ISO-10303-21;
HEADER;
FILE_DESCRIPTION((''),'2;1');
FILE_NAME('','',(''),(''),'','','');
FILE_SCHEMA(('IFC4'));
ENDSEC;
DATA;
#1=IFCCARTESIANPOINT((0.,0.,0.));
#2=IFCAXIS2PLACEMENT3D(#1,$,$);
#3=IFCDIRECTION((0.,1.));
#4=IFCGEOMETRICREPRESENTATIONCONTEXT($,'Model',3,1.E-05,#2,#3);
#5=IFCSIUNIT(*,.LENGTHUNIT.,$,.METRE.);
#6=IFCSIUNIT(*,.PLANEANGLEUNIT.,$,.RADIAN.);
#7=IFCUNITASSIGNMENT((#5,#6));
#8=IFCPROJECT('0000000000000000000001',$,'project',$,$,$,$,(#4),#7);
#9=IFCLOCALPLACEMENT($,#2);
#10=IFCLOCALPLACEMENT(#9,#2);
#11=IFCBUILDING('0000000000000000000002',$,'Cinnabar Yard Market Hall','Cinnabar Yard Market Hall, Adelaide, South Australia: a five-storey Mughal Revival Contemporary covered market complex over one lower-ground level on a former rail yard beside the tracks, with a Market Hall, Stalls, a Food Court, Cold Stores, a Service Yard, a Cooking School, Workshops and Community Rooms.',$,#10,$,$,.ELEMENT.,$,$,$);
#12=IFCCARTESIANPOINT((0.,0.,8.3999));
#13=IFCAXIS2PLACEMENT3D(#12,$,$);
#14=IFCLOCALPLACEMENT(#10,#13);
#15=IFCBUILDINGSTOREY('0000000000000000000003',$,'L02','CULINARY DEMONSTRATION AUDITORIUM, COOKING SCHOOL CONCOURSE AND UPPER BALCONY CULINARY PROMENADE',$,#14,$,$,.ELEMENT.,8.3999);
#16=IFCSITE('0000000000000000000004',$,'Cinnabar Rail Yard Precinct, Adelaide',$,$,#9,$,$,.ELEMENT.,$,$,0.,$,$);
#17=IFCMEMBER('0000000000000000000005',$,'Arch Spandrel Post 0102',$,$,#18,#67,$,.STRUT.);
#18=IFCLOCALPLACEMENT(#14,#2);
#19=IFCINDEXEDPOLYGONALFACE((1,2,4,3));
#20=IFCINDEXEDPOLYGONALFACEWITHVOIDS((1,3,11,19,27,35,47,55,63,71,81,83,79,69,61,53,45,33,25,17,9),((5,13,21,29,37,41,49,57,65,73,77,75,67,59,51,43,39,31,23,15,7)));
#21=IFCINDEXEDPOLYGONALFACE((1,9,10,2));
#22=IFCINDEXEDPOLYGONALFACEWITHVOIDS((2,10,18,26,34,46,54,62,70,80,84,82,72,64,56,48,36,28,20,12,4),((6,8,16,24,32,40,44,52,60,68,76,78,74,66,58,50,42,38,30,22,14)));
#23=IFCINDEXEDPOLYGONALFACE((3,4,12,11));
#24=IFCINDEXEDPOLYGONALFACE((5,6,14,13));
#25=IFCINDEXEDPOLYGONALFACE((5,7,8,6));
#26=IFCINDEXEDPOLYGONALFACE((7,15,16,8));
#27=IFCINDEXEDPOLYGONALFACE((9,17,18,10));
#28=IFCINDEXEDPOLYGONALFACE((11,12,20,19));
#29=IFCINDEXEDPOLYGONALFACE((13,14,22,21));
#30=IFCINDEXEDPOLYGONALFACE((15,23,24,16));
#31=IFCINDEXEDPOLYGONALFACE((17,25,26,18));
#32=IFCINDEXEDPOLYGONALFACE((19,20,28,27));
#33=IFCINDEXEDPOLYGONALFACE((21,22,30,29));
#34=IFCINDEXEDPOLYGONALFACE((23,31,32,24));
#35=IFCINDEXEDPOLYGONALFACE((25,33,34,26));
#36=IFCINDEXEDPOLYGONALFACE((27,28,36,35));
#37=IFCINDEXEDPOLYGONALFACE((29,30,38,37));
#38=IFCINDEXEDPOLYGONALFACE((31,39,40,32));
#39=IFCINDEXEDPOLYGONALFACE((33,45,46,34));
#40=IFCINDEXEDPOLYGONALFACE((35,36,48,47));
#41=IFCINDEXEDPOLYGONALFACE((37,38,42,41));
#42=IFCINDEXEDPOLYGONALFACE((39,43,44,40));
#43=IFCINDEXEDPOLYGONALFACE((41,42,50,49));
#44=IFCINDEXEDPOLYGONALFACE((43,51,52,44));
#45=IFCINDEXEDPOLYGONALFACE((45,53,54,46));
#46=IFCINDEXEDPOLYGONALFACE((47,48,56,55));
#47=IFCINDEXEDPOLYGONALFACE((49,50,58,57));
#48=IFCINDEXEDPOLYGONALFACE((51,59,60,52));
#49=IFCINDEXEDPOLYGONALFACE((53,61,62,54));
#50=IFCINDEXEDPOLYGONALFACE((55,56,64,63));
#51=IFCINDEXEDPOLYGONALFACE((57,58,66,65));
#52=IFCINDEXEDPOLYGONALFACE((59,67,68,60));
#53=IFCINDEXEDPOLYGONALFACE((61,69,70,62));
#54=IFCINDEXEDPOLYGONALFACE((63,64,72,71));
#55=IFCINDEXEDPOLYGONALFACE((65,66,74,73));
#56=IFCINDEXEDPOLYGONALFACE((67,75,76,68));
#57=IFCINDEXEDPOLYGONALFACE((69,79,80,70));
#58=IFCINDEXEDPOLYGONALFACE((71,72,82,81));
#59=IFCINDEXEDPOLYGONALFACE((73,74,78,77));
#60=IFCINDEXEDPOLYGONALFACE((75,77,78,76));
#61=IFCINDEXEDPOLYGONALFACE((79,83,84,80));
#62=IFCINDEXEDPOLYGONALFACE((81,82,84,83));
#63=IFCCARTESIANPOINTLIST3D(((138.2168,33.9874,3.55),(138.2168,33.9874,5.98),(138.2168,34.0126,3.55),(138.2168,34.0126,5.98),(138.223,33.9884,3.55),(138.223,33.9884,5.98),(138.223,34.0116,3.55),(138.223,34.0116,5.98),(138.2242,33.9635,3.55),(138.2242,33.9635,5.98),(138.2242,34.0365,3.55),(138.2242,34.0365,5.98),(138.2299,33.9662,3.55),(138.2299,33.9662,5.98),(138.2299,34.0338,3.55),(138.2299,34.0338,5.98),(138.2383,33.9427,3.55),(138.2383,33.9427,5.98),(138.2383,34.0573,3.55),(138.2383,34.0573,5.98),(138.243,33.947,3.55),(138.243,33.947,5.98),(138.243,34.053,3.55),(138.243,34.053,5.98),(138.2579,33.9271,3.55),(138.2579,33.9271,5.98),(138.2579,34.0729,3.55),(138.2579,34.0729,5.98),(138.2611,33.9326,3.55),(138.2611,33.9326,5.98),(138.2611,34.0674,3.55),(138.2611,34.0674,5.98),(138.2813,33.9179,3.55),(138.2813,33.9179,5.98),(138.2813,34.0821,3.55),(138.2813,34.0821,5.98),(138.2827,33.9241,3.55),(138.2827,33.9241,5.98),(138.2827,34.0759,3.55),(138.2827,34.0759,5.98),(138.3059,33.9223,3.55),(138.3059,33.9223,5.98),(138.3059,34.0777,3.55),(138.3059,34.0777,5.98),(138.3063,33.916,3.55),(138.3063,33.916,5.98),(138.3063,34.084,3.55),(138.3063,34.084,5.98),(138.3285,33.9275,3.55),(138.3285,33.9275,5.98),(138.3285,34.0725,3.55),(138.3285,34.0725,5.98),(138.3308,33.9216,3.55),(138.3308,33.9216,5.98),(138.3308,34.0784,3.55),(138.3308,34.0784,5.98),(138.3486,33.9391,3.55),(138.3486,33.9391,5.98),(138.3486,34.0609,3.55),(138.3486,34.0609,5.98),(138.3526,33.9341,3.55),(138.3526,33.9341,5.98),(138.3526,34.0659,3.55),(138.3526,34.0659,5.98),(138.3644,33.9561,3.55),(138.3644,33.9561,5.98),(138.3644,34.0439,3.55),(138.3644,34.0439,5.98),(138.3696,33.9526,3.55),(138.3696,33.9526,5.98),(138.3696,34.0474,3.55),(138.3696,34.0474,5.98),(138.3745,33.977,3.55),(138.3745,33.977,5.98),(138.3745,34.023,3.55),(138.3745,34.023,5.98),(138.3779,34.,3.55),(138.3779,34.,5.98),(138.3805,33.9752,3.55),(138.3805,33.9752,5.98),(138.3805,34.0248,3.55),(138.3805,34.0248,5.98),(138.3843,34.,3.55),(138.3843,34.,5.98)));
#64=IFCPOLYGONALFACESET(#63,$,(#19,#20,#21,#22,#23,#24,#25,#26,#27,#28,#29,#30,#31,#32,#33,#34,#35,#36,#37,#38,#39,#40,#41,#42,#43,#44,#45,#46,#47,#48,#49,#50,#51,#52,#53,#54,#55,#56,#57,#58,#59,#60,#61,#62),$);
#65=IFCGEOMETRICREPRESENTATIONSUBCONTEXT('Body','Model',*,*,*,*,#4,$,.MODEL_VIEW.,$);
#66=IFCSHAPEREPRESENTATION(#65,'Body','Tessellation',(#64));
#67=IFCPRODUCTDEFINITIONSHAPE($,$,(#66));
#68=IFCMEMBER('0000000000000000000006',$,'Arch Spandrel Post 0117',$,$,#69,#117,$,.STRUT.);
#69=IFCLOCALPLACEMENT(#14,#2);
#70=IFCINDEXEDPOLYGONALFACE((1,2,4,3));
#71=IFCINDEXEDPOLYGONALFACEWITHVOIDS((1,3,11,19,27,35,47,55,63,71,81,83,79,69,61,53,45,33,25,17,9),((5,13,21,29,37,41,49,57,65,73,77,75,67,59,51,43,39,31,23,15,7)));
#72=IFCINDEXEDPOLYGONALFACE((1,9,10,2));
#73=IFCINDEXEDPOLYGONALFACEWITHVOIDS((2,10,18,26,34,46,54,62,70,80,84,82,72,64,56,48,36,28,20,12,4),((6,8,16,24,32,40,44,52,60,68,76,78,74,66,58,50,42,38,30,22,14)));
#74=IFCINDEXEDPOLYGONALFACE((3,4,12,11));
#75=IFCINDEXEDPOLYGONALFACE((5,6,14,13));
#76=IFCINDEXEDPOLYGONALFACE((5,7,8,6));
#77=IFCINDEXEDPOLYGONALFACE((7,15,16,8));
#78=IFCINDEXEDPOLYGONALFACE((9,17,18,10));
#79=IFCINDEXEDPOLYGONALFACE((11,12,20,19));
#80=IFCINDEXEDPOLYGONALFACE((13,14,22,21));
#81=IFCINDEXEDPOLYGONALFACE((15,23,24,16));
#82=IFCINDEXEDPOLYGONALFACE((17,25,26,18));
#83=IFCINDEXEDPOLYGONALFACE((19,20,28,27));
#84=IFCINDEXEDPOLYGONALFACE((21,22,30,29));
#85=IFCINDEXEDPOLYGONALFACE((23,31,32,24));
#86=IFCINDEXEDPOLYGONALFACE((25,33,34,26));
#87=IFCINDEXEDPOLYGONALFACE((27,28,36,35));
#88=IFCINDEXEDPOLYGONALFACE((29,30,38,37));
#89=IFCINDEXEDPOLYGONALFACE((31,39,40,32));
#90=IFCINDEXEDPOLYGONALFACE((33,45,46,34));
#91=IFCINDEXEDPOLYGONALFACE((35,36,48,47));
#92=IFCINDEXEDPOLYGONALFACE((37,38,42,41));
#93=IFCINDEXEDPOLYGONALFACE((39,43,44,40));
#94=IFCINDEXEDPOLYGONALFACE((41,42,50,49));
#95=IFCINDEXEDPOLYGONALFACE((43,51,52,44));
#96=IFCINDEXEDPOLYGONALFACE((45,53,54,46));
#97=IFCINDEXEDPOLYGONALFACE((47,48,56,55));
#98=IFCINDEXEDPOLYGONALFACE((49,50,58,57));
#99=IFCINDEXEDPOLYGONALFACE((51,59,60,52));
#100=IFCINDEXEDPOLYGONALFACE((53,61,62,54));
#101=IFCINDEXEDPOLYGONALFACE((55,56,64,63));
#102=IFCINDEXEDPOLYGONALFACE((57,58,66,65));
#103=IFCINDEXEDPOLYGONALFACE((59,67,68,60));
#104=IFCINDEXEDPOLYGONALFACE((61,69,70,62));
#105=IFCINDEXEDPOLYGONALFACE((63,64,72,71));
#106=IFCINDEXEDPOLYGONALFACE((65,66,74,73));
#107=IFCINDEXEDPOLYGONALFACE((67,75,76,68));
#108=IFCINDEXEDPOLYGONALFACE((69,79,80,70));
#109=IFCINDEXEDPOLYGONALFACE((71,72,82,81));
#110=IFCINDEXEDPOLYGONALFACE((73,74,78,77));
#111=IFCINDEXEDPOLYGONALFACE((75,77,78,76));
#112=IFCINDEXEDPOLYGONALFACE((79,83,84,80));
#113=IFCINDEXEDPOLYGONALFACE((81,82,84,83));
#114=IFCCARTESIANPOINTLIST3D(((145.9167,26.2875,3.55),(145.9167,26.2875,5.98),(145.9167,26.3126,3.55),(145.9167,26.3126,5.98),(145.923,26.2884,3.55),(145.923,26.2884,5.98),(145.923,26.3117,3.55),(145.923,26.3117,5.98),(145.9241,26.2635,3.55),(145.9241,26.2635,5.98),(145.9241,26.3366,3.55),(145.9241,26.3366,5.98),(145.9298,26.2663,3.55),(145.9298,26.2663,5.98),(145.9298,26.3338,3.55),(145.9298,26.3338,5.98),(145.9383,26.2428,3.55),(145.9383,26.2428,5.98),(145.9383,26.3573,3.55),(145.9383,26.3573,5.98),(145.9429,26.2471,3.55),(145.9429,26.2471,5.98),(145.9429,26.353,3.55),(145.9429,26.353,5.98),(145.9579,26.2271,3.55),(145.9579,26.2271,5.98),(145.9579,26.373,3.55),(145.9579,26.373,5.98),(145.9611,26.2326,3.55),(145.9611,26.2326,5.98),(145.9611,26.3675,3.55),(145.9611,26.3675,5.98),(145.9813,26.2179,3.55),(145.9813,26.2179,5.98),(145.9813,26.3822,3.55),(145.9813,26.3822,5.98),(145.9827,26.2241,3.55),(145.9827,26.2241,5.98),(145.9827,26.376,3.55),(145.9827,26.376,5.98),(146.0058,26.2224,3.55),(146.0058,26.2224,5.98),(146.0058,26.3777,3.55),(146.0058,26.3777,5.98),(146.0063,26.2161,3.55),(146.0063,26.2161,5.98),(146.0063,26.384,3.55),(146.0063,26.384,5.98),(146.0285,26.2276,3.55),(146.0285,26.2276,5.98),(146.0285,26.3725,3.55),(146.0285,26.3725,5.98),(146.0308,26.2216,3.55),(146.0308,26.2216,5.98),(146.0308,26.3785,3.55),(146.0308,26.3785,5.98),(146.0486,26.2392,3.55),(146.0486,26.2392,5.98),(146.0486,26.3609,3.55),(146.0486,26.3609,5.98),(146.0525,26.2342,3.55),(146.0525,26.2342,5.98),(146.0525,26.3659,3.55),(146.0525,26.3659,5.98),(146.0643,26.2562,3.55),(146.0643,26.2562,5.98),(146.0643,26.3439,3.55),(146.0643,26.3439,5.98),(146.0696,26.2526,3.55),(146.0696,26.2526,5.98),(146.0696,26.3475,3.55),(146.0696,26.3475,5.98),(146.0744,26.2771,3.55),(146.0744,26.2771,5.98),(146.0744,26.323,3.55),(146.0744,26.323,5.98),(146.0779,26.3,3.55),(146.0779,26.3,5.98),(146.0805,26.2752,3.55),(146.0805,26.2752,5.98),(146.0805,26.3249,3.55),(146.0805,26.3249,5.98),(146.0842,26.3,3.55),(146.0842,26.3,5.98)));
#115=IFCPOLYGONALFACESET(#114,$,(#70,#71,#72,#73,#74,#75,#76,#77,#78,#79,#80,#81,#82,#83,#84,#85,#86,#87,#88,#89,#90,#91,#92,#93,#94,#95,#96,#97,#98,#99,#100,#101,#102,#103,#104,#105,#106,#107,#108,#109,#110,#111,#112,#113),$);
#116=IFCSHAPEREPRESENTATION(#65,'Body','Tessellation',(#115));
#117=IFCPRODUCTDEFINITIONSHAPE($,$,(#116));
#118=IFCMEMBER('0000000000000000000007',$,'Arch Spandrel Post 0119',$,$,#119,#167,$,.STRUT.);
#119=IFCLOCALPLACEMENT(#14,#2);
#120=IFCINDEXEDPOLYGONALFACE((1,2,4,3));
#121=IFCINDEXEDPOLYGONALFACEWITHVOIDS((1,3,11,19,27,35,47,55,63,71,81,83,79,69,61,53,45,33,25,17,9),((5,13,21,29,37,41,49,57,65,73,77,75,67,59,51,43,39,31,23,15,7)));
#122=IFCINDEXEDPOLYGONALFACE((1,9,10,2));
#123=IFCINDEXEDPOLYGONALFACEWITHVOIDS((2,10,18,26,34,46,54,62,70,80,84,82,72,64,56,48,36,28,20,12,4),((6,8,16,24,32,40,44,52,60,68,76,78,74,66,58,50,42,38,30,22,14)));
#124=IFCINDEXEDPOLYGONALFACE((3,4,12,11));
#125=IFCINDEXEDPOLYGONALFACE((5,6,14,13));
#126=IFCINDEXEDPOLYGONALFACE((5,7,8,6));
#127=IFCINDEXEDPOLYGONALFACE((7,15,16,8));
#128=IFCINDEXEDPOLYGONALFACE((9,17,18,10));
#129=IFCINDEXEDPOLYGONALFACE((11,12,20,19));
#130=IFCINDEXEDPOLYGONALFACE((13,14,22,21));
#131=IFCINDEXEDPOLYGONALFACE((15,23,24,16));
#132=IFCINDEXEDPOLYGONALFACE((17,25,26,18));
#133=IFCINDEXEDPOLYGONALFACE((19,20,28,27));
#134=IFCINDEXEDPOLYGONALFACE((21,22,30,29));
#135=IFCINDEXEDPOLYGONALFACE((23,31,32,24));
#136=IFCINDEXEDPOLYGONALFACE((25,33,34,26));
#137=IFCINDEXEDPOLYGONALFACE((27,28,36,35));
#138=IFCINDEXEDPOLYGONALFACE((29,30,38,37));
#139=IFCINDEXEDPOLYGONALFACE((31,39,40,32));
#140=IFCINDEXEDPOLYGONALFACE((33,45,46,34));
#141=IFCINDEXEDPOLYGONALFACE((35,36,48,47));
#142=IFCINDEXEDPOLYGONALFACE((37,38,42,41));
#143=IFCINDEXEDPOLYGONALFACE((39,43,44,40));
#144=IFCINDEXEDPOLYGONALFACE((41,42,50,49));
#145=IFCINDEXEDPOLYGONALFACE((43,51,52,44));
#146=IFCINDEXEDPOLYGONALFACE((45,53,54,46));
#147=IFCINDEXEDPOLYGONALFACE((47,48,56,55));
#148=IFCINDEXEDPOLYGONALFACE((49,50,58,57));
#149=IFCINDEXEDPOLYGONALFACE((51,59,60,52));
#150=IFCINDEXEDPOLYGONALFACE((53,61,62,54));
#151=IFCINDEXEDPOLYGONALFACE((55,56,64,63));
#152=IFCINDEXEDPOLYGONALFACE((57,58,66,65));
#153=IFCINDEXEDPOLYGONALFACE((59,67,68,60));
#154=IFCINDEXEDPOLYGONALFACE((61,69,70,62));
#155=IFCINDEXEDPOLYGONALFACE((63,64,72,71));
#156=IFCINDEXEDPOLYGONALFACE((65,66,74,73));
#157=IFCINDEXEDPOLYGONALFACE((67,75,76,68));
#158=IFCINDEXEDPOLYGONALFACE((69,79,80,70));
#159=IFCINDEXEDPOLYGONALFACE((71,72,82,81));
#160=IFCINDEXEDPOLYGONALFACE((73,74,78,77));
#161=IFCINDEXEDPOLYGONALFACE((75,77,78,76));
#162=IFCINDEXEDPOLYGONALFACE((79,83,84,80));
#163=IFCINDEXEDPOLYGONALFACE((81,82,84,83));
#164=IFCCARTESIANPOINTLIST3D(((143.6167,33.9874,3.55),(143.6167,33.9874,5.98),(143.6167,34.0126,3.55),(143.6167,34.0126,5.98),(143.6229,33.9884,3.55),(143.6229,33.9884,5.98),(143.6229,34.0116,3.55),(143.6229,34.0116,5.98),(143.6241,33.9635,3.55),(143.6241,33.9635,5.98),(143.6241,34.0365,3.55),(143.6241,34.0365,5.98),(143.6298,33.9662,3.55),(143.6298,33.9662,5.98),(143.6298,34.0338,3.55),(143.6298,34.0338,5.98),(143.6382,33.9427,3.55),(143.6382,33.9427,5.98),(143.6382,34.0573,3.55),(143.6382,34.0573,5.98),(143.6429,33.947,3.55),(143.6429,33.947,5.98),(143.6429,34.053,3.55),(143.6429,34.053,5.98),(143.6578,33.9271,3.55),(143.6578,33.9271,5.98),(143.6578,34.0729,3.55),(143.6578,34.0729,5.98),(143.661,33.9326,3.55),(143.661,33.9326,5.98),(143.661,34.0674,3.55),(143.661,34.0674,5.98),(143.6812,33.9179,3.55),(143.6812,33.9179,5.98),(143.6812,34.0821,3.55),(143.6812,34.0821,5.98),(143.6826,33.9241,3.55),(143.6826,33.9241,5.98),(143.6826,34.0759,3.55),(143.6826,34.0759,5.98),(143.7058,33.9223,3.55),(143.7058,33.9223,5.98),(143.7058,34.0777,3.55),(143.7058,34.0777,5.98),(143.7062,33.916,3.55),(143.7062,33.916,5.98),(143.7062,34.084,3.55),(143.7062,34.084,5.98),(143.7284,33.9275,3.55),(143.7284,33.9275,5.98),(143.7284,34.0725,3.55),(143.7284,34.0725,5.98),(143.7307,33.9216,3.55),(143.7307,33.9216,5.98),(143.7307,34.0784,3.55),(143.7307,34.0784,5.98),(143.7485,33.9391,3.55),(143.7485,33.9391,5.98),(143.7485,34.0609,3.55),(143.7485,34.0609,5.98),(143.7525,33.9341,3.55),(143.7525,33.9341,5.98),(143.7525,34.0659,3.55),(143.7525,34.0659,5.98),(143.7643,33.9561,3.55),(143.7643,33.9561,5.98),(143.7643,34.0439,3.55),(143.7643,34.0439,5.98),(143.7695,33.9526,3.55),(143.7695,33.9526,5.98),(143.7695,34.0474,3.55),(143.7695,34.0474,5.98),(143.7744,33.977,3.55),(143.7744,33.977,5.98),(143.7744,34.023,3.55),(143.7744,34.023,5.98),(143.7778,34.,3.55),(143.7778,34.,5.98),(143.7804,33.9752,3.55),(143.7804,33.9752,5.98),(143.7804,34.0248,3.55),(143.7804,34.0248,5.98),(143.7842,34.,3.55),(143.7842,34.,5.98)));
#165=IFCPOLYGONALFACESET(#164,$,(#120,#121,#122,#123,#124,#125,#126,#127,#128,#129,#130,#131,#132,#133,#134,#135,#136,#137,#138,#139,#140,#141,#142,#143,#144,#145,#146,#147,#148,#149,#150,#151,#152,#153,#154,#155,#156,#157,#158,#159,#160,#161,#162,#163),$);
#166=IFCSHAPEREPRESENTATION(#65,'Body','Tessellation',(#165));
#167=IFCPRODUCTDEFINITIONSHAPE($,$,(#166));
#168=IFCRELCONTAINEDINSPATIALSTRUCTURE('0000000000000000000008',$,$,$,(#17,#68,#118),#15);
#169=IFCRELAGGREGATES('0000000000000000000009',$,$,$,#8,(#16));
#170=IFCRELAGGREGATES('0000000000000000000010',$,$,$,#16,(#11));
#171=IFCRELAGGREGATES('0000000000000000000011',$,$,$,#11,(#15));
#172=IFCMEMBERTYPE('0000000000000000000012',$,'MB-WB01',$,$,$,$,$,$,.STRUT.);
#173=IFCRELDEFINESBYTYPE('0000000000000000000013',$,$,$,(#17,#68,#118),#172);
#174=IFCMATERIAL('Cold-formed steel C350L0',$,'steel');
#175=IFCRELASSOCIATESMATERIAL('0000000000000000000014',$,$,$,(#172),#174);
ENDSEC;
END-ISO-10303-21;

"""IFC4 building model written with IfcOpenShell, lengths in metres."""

from ifc_helpers import new_model, si_unit, direction, frame, origin, origin_2d_with_axis, place, context, subcontext, project, spatial, hollow_circle, extrude, material, material_profile, profile_set, type_object, element, save


model = new_model("IFC4")

# Units and contexts
model_context = context("Model", 3, precision=1e-05, world=origin(), true_north=direction((0.0, 1.0)))
body_context = subcontext(model_context, "Body", "Model", "MODEL_VIEW")
ifc_project = project(units=[si_unit("LENGTHUNIT", "METRE"), si_unit("PLANEANGLEUNIT", "RADIAN")], contexts=[model_context])

# Site, building, storey
site_placement = place(None, origin())
site = spatial("IfcSite", under=ifc_project, at=site_placement, Name="Cinnabar Rail Yard Precinct, Adelaide", CompositionType="ELEMENT", RefElevation=0.0)
building_placement = place(site_placement, origin())
building = spatial("IfcBuilding", under=site, at=building_placement, Name="Cinnabar Yard Market Hall", Description="Cinnabar Yard Market Hall, Adelaide, South Australia: a five-storey Mughal Revival Contemporary covered market complex over one lower-ground level on a former rail yard beside the tracks, with a Market Hall, Stalls, a Food Court, Cold Stores, a Service Yard, a Cooking School, Workshops and Community Rooms.", CompositionType="ELEMENT")
storey_placement = place(building_placement, frame((0.0, 0.0, 8.3999)))
storey = spatial("IfcBuildingStorey", under=building, at=storey_placement, Name="L02", Description="CULINARY DEMONSTRATION AUDITORIUM, COOKING SCHOOL CONCOURSE AND UPPER BALCONY CULINARY PROMENADE", CompositionType="ELEMENT", Elevation=8.3999)

# Members
ifc_material_1 = material(Name="Cold-formed steel C350L0", Category="steel")
ifc_material_profile_1 = material_profile(ifc_material_1, hollow_circle(Radius=0.0842, WallThickness=0.0063, at=origin_2d_with_axis()), Name="168.3x6.4CHS")
ifc_profile_set_1 = profile_set([ifc_material_profile_1], Name="Cold-formed steel C350L0")
member_type_1 = type_object("IfcMemberType", Name="MB-WB01", PredefinedType="STRUT", material=ifc_profile_set_1)
for number, where, z_axis, x_axis, name in (
    (1, (138.3, 34.0, 3.55), (0.0, 0.0, 1.0), (1.0, 0.0, 0.0), "Arch Spandrel Post 0102"),
    (2, (146.0, 26.3, 3.55), (0.0, 0.0, 1.0), (1.0, 0.0, 0.0), "Arch Spandrel Post 0117"),
    (3, (143.7, 34.0, 3.55), (0.0, 0.0, 1.0), (1.0, 0.0, 0.0), "Arch Spandrel Post 0119"),
):
    element("IfcMember", number, at=place(storey_placement, frame(where, z_axis=z_axis, x_axis=x_axis)), inside=storey, type_object=member_type_1, Name=name, PredefinedType="STRUT", context=body_context, shape_type="SweptSolid", body=[
        extrude(hollow_circle(Radius=0.0842, WallThickness=0.0063, at=origin_2d_with_axis()), origin(), (0.0, 0.0, 1.0), 2.4299),
    ])

save(model, "model.ifc")
